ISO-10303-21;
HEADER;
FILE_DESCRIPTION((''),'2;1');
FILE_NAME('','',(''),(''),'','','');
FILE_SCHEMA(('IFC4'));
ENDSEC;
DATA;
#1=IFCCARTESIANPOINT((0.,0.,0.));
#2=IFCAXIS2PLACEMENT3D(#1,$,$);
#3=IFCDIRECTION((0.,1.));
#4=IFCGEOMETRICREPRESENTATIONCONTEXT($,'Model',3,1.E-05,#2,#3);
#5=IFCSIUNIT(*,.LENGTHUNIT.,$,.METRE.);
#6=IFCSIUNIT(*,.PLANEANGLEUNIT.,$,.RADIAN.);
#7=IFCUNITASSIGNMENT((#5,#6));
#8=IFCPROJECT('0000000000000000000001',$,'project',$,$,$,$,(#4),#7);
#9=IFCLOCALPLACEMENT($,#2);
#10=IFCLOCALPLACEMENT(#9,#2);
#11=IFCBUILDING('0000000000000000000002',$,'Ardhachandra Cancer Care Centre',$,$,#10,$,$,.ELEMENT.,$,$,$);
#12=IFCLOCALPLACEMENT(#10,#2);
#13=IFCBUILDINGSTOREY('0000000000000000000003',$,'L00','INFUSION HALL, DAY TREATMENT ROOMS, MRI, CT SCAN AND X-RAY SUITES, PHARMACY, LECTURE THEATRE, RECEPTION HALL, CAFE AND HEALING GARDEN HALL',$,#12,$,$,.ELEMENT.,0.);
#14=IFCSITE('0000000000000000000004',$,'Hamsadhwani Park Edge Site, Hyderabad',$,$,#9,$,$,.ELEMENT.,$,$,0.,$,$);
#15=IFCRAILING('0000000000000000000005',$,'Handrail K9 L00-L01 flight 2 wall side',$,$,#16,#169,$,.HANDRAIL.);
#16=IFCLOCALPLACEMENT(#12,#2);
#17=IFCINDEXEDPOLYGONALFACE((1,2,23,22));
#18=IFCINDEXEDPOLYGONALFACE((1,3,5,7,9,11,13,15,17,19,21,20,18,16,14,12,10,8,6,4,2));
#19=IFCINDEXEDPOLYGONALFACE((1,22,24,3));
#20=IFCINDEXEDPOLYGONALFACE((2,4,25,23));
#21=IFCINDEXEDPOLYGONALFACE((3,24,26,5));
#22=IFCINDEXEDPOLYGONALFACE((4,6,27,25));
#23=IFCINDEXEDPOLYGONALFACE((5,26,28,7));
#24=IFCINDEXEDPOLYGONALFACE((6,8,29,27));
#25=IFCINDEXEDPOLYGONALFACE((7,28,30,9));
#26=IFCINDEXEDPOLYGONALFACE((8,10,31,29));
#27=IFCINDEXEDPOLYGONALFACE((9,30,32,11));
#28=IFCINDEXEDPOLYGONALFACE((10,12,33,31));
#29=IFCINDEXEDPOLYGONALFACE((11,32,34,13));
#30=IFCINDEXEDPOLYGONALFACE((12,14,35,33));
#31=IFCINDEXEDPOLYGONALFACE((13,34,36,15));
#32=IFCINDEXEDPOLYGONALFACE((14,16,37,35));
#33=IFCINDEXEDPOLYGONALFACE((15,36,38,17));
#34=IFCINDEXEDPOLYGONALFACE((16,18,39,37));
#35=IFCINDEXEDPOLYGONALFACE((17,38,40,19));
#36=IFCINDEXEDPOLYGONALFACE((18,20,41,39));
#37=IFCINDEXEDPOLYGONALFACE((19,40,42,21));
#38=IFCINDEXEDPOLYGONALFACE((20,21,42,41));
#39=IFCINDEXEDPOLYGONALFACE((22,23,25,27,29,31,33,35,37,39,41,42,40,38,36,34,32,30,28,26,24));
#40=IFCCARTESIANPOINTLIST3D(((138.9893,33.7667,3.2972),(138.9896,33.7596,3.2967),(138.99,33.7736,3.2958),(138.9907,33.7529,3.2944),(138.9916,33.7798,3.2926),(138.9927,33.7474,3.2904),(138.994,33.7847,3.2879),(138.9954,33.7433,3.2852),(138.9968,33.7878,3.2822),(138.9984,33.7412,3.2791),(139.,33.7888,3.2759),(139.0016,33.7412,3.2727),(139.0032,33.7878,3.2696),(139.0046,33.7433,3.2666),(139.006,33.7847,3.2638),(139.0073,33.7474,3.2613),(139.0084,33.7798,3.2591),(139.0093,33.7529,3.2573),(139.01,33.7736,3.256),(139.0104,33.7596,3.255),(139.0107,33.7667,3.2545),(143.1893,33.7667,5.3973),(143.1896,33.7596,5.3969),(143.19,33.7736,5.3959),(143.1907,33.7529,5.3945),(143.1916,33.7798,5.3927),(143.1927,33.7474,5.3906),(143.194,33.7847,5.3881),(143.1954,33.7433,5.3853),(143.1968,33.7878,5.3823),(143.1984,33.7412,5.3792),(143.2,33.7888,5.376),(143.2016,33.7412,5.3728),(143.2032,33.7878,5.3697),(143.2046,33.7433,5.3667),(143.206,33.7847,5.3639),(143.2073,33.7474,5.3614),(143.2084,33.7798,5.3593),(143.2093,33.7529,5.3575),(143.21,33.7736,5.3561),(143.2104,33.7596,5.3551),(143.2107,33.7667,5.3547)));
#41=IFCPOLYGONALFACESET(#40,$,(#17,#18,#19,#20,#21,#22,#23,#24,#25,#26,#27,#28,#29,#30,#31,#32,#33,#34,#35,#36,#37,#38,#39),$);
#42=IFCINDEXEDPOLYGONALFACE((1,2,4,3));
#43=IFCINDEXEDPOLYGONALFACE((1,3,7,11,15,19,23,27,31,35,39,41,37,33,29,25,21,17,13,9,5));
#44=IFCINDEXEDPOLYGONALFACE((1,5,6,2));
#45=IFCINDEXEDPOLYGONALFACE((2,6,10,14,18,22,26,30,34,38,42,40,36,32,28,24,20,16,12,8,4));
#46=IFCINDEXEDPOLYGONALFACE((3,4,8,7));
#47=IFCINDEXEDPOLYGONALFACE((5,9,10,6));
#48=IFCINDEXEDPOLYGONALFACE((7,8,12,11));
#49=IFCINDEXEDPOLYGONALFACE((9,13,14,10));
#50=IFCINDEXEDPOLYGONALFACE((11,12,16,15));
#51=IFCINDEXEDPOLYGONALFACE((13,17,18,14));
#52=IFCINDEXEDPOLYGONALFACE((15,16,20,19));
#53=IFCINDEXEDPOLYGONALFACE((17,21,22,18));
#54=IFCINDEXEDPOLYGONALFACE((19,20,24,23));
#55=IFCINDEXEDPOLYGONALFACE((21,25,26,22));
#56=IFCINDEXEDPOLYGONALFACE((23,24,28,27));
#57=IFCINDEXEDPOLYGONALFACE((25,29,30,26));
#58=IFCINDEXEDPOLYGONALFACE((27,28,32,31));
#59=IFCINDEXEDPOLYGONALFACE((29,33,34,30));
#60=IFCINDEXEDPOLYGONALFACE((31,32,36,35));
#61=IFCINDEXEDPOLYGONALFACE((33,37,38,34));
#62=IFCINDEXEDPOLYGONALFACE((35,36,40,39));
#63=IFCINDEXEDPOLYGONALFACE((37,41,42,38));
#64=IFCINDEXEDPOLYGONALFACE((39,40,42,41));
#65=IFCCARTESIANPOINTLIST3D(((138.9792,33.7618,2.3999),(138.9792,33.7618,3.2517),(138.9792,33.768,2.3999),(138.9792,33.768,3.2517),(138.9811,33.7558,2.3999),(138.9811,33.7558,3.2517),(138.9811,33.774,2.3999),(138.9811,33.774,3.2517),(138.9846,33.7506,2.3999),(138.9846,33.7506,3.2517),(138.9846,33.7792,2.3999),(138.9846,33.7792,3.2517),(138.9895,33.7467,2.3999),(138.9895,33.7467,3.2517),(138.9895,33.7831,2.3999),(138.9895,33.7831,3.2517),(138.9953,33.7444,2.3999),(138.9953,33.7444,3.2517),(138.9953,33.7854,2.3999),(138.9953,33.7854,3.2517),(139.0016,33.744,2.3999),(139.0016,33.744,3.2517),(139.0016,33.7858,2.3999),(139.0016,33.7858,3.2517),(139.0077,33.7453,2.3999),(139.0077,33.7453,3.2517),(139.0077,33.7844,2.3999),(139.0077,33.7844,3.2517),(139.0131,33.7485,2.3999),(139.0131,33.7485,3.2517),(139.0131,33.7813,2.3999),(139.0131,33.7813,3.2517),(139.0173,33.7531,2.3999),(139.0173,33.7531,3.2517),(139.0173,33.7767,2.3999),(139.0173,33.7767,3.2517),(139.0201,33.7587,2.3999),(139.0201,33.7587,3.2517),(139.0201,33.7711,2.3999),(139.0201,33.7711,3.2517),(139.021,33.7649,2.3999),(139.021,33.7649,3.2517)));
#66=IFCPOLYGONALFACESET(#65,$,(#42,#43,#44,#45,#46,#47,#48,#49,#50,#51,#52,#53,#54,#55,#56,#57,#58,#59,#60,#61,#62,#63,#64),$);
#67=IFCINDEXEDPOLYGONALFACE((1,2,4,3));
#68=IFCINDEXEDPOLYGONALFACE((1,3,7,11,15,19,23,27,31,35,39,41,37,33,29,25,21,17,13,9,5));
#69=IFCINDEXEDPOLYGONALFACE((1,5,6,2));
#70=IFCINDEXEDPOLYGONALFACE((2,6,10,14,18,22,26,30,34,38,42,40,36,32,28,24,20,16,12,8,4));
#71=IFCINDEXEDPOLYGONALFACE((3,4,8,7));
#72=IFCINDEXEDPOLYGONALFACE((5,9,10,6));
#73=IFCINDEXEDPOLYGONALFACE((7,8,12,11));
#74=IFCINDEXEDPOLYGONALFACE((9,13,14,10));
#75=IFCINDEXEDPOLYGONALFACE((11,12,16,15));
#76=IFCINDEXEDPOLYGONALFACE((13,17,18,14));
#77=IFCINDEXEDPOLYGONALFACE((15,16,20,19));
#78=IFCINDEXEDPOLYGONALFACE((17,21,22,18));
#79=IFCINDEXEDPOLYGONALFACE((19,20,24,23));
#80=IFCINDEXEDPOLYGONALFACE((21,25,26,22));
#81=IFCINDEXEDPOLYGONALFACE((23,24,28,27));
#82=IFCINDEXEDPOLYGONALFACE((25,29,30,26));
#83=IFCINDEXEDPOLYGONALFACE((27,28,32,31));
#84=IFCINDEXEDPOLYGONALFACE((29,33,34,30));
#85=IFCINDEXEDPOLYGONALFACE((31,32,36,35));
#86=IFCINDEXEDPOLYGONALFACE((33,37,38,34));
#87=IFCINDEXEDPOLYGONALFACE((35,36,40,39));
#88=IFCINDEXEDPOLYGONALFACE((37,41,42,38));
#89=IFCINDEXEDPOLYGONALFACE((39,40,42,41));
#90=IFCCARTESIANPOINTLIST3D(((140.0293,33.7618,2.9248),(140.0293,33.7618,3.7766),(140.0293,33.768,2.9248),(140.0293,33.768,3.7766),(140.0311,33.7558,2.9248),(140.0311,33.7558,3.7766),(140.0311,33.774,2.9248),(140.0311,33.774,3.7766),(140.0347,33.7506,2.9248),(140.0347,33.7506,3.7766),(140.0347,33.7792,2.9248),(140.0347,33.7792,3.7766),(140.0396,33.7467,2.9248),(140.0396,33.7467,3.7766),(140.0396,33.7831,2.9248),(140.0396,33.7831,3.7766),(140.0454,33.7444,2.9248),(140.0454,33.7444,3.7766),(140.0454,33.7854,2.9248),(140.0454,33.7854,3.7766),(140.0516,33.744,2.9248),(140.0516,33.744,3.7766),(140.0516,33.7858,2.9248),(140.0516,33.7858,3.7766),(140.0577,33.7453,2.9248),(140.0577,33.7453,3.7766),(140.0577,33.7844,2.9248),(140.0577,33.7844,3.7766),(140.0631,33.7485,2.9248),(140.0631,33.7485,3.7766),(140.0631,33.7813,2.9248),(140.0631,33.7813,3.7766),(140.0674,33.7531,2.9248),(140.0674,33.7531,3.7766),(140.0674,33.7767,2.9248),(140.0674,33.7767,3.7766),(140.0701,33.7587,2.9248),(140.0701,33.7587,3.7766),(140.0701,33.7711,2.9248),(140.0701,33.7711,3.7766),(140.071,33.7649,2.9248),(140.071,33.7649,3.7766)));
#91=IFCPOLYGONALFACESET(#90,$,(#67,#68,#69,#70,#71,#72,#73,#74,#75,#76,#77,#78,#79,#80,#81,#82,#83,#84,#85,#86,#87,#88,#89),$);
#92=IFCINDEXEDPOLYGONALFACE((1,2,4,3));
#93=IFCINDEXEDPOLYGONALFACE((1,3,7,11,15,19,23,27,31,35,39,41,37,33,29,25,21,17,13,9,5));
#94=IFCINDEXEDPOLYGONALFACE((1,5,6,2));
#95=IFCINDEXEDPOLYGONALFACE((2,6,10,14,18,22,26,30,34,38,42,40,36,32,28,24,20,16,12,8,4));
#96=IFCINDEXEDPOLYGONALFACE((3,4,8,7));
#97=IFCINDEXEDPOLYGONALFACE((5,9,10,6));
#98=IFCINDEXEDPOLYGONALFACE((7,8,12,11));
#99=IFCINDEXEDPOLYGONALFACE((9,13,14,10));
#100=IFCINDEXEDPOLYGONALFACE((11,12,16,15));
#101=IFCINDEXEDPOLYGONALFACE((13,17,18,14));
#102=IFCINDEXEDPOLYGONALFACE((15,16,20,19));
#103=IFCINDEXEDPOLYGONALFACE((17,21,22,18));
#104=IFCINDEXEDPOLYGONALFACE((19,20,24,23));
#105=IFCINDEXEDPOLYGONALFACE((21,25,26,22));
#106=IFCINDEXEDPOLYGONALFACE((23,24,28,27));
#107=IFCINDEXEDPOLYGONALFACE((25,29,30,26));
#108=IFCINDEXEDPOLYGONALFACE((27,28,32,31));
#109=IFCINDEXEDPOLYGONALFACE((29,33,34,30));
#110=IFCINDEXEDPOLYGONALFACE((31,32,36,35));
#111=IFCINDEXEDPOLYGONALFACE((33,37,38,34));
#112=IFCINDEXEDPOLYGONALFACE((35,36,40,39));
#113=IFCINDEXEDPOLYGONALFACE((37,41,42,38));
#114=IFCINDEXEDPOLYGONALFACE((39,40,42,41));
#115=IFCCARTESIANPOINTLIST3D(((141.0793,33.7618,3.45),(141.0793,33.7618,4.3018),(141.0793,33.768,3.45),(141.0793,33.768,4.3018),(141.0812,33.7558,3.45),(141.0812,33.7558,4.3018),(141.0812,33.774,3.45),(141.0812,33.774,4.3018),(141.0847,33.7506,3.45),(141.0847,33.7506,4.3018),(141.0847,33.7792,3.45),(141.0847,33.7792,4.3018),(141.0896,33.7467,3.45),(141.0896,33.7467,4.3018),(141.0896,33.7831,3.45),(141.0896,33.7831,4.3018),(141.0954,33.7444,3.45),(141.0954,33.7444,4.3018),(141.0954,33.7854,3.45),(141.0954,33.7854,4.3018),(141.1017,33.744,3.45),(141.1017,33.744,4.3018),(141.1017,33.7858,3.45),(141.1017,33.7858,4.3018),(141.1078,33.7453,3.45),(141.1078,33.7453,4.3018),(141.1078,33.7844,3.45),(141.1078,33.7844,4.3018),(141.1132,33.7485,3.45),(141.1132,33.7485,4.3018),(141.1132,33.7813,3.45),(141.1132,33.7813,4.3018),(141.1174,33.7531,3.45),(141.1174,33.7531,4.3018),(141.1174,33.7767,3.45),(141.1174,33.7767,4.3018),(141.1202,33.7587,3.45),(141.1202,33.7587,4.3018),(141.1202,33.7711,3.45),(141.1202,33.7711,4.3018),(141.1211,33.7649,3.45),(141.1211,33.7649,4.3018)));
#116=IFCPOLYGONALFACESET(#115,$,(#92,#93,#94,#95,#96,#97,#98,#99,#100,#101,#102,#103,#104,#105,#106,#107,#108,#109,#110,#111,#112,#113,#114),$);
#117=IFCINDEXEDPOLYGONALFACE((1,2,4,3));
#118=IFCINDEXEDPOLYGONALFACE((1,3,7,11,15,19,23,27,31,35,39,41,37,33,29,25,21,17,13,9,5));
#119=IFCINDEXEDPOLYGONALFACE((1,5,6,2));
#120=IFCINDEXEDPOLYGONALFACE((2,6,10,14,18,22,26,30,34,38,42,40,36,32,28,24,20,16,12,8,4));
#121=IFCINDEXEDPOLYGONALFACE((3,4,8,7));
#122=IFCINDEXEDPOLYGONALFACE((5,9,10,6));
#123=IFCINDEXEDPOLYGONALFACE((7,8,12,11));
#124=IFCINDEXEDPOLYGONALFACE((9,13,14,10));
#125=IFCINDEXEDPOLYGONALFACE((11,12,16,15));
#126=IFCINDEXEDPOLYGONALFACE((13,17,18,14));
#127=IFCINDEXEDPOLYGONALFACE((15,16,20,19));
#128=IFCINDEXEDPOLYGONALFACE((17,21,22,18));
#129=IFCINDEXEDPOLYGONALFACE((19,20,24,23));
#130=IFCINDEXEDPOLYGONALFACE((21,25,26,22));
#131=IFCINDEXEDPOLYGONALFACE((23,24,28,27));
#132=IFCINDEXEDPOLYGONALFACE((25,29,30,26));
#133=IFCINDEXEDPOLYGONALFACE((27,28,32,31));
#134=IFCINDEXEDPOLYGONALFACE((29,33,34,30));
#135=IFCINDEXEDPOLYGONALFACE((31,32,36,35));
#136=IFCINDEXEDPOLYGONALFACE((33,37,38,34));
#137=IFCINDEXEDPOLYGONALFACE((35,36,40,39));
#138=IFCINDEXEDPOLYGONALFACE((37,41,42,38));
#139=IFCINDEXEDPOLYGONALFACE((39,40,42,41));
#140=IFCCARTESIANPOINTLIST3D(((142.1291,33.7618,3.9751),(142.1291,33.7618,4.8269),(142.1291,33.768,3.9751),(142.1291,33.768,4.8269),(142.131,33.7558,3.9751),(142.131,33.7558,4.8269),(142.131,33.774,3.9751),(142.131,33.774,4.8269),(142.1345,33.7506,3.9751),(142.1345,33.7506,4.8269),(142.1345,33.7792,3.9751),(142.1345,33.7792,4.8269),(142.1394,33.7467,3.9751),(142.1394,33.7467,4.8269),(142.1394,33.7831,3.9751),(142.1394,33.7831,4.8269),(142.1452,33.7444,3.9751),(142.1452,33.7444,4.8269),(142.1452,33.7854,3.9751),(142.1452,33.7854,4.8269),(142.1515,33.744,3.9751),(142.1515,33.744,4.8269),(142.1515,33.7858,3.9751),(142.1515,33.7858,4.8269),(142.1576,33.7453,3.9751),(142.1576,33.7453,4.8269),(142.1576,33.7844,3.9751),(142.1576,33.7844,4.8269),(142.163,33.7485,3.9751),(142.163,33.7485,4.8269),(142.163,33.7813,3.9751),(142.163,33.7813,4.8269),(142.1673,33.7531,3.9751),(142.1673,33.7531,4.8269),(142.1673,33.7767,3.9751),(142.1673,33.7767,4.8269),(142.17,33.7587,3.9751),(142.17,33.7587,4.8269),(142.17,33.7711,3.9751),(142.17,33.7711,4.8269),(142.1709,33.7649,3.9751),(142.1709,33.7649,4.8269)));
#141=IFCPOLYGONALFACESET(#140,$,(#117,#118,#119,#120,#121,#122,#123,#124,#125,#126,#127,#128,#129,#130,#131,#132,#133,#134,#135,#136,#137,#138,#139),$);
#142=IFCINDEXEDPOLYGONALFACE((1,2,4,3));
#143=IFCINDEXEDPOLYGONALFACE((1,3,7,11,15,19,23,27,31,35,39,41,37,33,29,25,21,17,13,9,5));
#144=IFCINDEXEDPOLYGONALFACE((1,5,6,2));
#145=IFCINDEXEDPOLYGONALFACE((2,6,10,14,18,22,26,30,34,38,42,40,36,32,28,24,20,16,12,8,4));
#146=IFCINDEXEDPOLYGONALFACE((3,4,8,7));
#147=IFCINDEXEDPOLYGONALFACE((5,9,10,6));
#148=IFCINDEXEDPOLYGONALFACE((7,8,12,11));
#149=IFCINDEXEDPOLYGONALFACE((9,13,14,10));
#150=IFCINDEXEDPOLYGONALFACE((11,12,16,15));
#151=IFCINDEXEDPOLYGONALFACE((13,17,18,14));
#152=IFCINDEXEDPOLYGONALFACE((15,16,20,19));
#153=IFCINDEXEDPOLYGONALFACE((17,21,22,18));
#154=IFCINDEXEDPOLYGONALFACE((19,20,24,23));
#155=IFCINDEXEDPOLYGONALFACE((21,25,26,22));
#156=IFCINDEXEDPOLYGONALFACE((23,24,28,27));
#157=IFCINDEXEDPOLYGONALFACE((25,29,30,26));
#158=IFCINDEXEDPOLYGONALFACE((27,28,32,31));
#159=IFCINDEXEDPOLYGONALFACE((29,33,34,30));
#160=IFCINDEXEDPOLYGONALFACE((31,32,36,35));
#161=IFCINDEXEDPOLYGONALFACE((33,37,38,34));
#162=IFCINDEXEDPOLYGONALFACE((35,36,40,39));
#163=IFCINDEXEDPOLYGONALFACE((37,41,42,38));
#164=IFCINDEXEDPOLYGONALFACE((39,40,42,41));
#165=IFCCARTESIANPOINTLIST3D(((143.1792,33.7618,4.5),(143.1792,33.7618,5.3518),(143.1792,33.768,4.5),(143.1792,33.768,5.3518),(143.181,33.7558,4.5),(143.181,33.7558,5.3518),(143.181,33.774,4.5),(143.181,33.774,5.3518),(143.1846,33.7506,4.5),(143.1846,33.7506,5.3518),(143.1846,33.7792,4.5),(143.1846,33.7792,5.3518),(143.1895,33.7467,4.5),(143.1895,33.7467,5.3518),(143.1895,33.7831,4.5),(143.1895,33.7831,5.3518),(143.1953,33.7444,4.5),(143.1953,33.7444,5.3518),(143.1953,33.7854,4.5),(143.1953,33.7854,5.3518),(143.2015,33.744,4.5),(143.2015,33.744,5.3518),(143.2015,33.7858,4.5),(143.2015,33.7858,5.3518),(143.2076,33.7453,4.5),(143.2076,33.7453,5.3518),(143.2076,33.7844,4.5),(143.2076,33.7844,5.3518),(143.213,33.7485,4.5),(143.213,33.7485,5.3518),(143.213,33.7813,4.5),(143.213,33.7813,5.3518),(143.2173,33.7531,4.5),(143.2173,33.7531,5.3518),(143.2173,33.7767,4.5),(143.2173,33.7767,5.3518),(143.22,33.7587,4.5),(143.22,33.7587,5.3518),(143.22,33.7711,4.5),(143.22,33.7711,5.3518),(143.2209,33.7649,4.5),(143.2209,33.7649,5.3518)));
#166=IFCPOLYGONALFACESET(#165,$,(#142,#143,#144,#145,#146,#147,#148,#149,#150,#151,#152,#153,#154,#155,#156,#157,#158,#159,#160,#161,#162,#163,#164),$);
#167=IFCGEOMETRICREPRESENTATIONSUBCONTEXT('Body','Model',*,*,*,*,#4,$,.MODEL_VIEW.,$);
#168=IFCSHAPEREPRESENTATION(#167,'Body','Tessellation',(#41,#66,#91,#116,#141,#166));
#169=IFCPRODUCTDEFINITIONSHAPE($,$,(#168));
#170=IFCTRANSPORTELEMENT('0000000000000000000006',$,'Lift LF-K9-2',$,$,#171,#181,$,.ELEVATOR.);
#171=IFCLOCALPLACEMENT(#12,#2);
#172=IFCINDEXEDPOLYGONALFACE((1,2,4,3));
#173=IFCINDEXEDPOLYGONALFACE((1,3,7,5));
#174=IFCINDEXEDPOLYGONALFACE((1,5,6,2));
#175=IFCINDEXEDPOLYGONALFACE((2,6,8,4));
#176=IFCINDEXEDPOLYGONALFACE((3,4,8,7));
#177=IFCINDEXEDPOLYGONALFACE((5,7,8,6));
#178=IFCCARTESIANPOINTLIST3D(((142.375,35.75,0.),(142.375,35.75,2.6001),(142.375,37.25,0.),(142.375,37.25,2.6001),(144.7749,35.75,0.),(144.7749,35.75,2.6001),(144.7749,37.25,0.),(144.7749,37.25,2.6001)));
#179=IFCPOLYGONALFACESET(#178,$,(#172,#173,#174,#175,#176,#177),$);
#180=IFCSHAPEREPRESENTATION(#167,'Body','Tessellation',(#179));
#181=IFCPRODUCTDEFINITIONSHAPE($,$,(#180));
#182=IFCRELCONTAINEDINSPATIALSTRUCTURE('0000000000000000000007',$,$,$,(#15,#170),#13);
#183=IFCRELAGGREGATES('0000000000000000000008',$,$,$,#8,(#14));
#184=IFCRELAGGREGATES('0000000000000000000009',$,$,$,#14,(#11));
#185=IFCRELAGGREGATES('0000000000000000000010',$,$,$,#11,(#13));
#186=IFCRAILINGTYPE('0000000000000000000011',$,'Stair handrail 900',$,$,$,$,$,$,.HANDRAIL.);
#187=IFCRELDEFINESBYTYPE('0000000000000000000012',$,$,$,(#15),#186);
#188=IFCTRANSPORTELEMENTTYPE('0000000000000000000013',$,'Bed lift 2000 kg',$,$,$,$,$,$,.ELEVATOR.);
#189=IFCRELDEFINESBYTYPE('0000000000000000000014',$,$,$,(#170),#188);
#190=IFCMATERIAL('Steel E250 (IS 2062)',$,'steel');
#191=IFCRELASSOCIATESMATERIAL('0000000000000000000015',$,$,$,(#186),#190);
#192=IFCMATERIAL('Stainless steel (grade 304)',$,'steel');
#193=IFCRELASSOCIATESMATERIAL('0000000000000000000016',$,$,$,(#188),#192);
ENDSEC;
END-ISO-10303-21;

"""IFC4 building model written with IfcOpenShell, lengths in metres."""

from ifc_helpers import new_model, si_unit, direction, frame, origin, origin_2d, place, context, subcontext, project, spatial, rectangle, circle, extrude, material, type_object, element, save


model = new_model("IFC4")

# Units and contexts
model_context = context("Model", 3, precision=1e-05, world=origin(), true_north=direction((0.0, 1.0)))
body_context = subcontext(model_context, "Body", "Model", "MODEL_VIEW")
ifc_project = project(units=[si_unit("LENGTHUNIT", "METRE"), si_unit("PLANEANGLEUNIT", "RADIAN")], contexts=[model_context])

# Site, building, storey
site_placement = place(None, origin())
site = spatial("IfcSite", under=ifc_project, at=site_placement, Name="Hamsadhwani Park Edge Site, Hyderabad", CompositionType="ELEMENT", RefElevation=0.0)
building_placement = place(site_placement, origin())
building = spatial("IfcBuilding", under=site, at=building_placement, Name="Ardhachandra Cancer Care Centre", CompositionType="ELEMENT")
storey_placement = place(building_placement, origin())
storey = spatial("IfcBuildingStorey", under=building, at=storey_placement, Name="L00", Description="INFUSION HALL, DAY TREATMENT ROOMS, MRI, CT SCAN AND X-RAY SUITES, PHARMACY, LECTURE THEATRE, RECEPTION HALL, CAFE AND HEALING GARDEN HALL", CompositionType="ELEMENT", Elevation=0.0)

# Railing
ifc_material_1 = material(Name="Steel E250 (IS 2062)", Category="steel")
railing_type_1 = type_object("IfcRailingType", Name="Stair handrail 900", PredefinedType="HANDRAIL", material=ifc_material_1)
railing_1_placement = place(storey_placement, frame((139.0, 33.7649, 2.3999)))
element("IfcRailing", 1, at=railing_1_placement, inside=storey, type_object=railing_type_1, Name="Handrail K9 L00-L01 flight 2 wall side", PredefinedType="HANDRAIL", context=body_context, shape_type="SweptSolid", body=[
    extrude(circle(Radius=0.0239, at=origin_2d()), frame((0.0, 0.0, 0.876), z_axis=(0.894417, 0.0, 0.447234), x_axis=(0.0, 1.0, 0.0)), (0.0, 0.0, 1.0), 4.6958),
    extrude(circle(Radius=0.021, at=origin_2d()), origin(), (0.0, 0.0, 1.0), 0.8518),
    extrude(circle(Radius=0.021, at=origin_2d()), frame((1.05, 0.0, 0.5249)), (0.0, 0.0, 1.0), 0.8518),
    extrude(circle(Radius=0.021, at=origin_2d()), frame((2.1001, 0.0, 1.05)), (0.0, 0.0, 1.0), 0.8518),
    extrude(circle(Radius=0.021, at=origin_2d()), frame((3.1499, 0.0, 1.5752)), (0.0, 0.0, 1.0), 0.8518),
    extrude(circle(Radius=0.021, at=origin_2d()), frame((4.2, 0.0, 2.1001)), (0.0, 0.0, 1.0), 0.8518),
])

# Transport element
ifc_material_2 = material(Name="Stainless steel (grade 304)", Category="steel")
transport_element_type = type_object("IfcTransportElementType", Name="Bed lift 2000 kg", PredefinedType="ELEVATOR", material=ifc_material_2)
transport_element_placement = place(storey_placement, frame((143.575, 36.5, 0.0), z_axis=(0.0, 0.0, 1.0), x_axis=(1.0, 0.0, 0.0)))
element("IfcTransportElement", 2, at=transport_element_placement, inside=storey, type_object=transport_element_type, Name="Lift LF-K9-2", PredefinedType="ELEVATOR", context=body_context, shape_type="SweptSolid", body=[
    extrude(rectangle(XDim=2.3999, YDim=1.5, at=origin_2d()), origin(), (0.0, 0.0, 1.0), 2.6001),
])

save(model, "model.ifc")
